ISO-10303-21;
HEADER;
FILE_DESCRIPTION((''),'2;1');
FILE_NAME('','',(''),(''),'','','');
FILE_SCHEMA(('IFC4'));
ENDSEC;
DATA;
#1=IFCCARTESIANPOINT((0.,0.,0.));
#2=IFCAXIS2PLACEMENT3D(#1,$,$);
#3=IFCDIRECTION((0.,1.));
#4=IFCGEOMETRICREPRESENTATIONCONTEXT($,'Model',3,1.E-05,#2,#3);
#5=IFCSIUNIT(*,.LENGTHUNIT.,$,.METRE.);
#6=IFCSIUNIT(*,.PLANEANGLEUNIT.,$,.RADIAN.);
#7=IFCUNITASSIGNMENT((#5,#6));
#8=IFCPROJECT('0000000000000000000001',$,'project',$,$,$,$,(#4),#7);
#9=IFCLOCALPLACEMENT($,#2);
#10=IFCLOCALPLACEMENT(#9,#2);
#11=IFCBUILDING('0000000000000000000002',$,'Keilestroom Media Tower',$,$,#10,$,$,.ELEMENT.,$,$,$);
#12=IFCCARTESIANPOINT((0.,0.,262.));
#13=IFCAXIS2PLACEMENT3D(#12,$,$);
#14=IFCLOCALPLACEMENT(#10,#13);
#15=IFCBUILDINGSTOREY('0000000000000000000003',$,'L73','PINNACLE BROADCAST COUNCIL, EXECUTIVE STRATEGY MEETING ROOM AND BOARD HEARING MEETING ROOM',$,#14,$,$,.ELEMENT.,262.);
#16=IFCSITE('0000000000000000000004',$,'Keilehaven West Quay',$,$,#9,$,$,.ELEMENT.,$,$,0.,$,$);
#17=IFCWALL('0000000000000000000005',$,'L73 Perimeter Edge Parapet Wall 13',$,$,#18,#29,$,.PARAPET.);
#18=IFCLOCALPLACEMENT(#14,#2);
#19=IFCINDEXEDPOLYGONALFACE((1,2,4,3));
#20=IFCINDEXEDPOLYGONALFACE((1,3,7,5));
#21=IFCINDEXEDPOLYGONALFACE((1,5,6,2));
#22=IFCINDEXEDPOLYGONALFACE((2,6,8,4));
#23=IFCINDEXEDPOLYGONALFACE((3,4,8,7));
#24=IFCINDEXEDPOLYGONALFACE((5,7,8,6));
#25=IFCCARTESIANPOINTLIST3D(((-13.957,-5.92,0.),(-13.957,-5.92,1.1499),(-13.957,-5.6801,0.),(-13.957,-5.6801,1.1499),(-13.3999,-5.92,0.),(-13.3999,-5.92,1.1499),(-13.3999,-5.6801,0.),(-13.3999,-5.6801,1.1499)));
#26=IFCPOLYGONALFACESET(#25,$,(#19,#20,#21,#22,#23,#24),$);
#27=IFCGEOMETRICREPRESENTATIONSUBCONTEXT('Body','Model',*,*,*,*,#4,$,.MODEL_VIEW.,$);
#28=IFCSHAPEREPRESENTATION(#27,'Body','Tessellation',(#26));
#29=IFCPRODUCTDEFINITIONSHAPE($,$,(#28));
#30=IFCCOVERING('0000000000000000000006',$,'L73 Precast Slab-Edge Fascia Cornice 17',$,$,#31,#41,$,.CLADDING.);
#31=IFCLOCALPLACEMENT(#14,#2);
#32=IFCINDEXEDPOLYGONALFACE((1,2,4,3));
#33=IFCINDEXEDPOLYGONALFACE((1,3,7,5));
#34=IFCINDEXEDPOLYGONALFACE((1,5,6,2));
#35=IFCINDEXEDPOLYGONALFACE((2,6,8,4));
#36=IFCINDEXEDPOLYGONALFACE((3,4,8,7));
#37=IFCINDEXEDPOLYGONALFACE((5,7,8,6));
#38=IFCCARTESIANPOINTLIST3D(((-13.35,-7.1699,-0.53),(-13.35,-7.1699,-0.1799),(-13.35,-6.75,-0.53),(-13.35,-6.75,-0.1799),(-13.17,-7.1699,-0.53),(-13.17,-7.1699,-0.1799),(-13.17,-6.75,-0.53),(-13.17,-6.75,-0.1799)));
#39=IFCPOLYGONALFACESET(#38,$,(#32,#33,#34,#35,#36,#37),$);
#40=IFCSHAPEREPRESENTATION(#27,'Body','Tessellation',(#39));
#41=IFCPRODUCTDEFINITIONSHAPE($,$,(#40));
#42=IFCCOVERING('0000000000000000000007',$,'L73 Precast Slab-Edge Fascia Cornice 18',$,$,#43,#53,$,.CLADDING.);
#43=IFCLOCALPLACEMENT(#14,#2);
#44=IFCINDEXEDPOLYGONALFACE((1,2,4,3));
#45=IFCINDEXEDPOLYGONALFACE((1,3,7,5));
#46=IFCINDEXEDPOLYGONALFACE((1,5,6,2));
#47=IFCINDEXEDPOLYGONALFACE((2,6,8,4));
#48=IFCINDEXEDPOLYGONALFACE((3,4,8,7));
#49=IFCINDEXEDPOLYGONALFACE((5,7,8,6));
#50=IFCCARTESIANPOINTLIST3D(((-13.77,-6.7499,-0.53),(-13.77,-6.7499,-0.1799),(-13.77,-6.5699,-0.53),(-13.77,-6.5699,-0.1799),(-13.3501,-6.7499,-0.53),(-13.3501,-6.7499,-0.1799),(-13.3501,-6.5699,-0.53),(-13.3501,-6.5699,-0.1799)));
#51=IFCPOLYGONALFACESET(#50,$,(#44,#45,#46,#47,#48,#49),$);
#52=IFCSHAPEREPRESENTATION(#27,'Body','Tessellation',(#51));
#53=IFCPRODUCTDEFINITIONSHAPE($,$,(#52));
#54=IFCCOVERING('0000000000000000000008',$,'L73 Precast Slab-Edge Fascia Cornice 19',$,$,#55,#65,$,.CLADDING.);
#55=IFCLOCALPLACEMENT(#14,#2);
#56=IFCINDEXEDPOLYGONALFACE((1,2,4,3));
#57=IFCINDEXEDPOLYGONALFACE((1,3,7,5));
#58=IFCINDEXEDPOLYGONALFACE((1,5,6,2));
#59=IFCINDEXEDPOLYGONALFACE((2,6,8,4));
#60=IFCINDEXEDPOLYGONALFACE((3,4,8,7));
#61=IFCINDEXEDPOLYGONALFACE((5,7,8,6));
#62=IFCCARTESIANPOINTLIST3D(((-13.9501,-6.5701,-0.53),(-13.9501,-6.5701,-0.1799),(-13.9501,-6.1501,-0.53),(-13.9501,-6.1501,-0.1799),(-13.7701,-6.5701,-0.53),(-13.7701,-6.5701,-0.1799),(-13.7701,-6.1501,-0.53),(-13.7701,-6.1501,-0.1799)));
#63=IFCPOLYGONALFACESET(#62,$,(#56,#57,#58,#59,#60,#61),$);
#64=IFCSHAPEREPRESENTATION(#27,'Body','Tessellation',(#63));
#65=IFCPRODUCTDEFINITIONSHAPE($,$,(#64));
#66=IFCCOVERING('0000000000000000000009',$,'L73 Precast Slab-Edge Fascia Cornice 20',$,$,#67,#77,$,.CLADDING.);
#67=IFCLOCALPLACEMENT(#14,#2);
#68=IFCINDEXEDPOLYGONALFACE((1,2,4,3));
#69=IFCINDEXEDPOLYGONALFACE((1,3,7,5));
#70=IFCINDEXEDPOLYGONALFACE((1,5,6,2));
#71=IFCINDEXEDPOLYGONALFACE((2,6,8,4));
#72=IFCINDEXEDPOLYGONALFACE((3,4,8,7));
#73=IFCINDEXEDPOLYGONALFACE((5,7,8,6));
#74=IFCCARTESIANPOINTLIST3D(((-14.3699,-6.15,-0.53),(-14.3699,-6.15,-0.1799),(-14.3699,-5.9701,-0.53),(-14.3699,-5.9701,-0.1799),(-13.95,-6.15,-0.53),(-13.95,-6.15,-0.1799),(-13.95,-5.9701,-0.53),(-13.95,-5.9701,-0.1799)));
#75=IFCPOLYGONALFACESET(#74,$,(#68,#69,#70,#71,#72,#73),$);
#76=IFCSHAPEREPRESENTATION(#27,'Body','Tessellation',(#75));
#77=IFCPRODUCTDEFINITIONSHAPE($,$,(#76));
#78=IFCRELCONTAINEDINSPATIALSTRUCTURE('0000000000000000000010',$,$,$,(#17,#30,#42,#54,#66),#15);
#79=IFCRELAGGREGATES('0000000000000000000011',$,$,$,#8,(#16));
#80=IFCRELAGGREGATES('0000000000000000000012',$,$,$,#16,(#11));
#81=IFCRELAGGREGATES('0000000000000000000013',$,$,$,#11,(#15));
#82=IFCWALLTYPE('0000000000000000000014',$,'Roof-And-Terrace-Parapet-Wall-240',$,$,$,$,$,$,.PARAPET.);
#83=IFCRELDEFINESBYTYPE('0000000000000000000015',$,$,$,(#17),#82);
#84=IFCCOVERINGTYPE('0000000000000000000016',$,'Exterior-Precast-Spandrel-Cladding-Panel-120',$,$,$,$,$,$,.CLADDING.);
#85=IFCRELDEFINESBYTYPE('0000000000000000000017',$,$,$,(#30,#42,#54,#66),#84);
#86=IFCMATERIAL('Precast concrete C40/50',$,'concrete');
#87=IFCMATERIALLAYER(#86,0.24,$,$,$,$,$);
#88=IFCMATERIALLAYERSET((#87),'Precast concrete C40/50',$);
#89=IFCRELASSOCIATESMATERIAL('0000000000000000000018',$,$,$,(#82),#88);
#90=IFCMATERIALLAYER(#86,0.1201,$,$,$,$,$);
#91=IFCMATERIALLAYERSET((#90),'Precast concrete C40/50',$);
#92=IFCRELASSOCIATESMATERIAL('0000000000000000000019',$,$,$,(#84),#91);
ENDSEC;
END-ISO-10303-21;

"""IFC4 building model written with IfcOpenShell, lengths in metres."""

from ifc_helpers import new_model, si_unit, direction, frame, frame_2d, origin, origin_2d, place, context, subcontext, project, spatial, rectangle, extrude, source, transform, mapped, material, layer, layer_set, type_object, element, save


model = new_model("IFC4")

# Units and contexts
model_context = context("Model", 3, precision=1e-05, world=origin(), true_north=direction((0.0, 1.0)))
body_context = subcontext(model_context, "Body", "Model", "MODEL_VIEW")
ifc_project = project(units=[si_unit("LENGTHUNIT", "METRE"), si_unit("PLANEANGLEUNIT", "RADIAN")], contexts=[model_context])

# Site, building, storey
site_placement = place(None, origin())
site = spatial("IfcSite", under=ifc_project, at=site_placement, Name="Keilehaven West Quay", CompositionType="ELEMENT", RefElevation=0.0)
building_placement = place(site_placement, origin())
building = spatial("IfcBuilding", under=site, at=building_placement, Name="Keilestroom Media Tower", CompositionType="ELEMENT")
storey_placement = place(building_placement, frame((0.0, 0.0, 262.0)))
storey = spatial("IfcBuildingStorey", under=building, at=storey_placement, Name="L73", Description="PINNACLE BROADCAST COUNCIL, EXECUTIVE STRATEGY MEETING ROOM AND BOARD HEARING MEETING ROOM", CompositionType="ELEMENT", Elevation=262.0)

# Shared definitions
ifc_material_1 = material(Name="Precast concrete C40/50", Category="concrete")

# Wall
ifc_layer_1 = layer(ifc_material_1, 0.24)
ifc_layer_set_1 = layer_set([ifc_layer_1], Name="Precast concrete C40/50")
wall_type = type_object("IfcWallType", Name="Roof-And-Terrace-Parapet-Wall-240", PredefinedType="PARAPET", material=ifc_layer_set_1)
wall_placement = place(storey_placement, frame((-13.3999, -5.8, 0.0), z_axis=(0.0, 0.0, 1.0), x_axis=(-1.0, 0.0, 0.0)))
element("IfcWall", 1, at=wall_placement, inside=storey, type_object=wall_type, Name="L73 Perimeter Edge Parapet Wall 13", PredefinedType="PARAPET", context=body_context, shape_type="SweptSolid", body=[
    extrude(rectangle(XDim=0.5571, YDim=0.24, at=frame_2d((0.2786, 0.0))), origin(), (0.0, 0.0, 1.0), 1.1499),
])

# Coverings
ifc_layer_2 = layer(ifc_material_1, 0.1201)
ifc_layer_set_2 = layer_set([ifc_layer_2], Name="Precast concrete C40/50")
covering_type = type_object("IfcCoveringType", Name="Exterior-Precast-Spandrel-Cladding-Panel-120", PredefinedType="CLADDING", material=ifc_layer_set_2)
shared_shape_1 = source(origin(), body_context, "Body", "SweptSolid", [
    extrude(rectangle(XDim=0.4199, YDim=0.1799, at=origin_2d()), origin(), (0.0, 0.0, 1.0), 0.3501),
])
for number, where, z_axis, x_axis, name in (
    (2, (-13.26, -6.96, -0.53), (0.0, 0.0, 1.0), (0.0, 1.0, 0.0), "L73 Precast Slab-Edge Fascia Cornice 17"),
    (3, (-13.5601, -6.6599, -0.53), (0.0, 0.0, 1.0), (-1.0, 0.0, 0.0), "L73 Precast Slab-Edge Fascia Cornice 18"),
    (4, (-13.8601, -6.3601, -0.53), (0.0, 0.0, 1.0), (0.0, 1.0, 0.0), "L73 Precast Slab-Edge Fascia Cornice 19"),
    (5, (-14.1599, -6.0601, -0.53), (0.0, 0.0, 1.0), (-1.0, 0.0, 0.0), "L73 Precast Slab-Edge Fascia Cornice 20"),
):
    element("IfcCovering", number, at=place(storey_placement, frame(where, z_axis=z_axis, x_axis=x_axis)), inside=storey, type_object=covering_type, Name=name, PredefinedType="CLADDING", context=body_context, shape_type="MappedRepresentation", body=[
        mapped(shared_shape_1, transform((0.0, 0.0, 0.0), x_axis=(1.0, 0.0, 0.0), y_axis=(0.0, 1.0, 0.0), z_axis=(0.0, 0.0, 1.0), scale=1.0)),
    ])

save(model, "model.ifc")
